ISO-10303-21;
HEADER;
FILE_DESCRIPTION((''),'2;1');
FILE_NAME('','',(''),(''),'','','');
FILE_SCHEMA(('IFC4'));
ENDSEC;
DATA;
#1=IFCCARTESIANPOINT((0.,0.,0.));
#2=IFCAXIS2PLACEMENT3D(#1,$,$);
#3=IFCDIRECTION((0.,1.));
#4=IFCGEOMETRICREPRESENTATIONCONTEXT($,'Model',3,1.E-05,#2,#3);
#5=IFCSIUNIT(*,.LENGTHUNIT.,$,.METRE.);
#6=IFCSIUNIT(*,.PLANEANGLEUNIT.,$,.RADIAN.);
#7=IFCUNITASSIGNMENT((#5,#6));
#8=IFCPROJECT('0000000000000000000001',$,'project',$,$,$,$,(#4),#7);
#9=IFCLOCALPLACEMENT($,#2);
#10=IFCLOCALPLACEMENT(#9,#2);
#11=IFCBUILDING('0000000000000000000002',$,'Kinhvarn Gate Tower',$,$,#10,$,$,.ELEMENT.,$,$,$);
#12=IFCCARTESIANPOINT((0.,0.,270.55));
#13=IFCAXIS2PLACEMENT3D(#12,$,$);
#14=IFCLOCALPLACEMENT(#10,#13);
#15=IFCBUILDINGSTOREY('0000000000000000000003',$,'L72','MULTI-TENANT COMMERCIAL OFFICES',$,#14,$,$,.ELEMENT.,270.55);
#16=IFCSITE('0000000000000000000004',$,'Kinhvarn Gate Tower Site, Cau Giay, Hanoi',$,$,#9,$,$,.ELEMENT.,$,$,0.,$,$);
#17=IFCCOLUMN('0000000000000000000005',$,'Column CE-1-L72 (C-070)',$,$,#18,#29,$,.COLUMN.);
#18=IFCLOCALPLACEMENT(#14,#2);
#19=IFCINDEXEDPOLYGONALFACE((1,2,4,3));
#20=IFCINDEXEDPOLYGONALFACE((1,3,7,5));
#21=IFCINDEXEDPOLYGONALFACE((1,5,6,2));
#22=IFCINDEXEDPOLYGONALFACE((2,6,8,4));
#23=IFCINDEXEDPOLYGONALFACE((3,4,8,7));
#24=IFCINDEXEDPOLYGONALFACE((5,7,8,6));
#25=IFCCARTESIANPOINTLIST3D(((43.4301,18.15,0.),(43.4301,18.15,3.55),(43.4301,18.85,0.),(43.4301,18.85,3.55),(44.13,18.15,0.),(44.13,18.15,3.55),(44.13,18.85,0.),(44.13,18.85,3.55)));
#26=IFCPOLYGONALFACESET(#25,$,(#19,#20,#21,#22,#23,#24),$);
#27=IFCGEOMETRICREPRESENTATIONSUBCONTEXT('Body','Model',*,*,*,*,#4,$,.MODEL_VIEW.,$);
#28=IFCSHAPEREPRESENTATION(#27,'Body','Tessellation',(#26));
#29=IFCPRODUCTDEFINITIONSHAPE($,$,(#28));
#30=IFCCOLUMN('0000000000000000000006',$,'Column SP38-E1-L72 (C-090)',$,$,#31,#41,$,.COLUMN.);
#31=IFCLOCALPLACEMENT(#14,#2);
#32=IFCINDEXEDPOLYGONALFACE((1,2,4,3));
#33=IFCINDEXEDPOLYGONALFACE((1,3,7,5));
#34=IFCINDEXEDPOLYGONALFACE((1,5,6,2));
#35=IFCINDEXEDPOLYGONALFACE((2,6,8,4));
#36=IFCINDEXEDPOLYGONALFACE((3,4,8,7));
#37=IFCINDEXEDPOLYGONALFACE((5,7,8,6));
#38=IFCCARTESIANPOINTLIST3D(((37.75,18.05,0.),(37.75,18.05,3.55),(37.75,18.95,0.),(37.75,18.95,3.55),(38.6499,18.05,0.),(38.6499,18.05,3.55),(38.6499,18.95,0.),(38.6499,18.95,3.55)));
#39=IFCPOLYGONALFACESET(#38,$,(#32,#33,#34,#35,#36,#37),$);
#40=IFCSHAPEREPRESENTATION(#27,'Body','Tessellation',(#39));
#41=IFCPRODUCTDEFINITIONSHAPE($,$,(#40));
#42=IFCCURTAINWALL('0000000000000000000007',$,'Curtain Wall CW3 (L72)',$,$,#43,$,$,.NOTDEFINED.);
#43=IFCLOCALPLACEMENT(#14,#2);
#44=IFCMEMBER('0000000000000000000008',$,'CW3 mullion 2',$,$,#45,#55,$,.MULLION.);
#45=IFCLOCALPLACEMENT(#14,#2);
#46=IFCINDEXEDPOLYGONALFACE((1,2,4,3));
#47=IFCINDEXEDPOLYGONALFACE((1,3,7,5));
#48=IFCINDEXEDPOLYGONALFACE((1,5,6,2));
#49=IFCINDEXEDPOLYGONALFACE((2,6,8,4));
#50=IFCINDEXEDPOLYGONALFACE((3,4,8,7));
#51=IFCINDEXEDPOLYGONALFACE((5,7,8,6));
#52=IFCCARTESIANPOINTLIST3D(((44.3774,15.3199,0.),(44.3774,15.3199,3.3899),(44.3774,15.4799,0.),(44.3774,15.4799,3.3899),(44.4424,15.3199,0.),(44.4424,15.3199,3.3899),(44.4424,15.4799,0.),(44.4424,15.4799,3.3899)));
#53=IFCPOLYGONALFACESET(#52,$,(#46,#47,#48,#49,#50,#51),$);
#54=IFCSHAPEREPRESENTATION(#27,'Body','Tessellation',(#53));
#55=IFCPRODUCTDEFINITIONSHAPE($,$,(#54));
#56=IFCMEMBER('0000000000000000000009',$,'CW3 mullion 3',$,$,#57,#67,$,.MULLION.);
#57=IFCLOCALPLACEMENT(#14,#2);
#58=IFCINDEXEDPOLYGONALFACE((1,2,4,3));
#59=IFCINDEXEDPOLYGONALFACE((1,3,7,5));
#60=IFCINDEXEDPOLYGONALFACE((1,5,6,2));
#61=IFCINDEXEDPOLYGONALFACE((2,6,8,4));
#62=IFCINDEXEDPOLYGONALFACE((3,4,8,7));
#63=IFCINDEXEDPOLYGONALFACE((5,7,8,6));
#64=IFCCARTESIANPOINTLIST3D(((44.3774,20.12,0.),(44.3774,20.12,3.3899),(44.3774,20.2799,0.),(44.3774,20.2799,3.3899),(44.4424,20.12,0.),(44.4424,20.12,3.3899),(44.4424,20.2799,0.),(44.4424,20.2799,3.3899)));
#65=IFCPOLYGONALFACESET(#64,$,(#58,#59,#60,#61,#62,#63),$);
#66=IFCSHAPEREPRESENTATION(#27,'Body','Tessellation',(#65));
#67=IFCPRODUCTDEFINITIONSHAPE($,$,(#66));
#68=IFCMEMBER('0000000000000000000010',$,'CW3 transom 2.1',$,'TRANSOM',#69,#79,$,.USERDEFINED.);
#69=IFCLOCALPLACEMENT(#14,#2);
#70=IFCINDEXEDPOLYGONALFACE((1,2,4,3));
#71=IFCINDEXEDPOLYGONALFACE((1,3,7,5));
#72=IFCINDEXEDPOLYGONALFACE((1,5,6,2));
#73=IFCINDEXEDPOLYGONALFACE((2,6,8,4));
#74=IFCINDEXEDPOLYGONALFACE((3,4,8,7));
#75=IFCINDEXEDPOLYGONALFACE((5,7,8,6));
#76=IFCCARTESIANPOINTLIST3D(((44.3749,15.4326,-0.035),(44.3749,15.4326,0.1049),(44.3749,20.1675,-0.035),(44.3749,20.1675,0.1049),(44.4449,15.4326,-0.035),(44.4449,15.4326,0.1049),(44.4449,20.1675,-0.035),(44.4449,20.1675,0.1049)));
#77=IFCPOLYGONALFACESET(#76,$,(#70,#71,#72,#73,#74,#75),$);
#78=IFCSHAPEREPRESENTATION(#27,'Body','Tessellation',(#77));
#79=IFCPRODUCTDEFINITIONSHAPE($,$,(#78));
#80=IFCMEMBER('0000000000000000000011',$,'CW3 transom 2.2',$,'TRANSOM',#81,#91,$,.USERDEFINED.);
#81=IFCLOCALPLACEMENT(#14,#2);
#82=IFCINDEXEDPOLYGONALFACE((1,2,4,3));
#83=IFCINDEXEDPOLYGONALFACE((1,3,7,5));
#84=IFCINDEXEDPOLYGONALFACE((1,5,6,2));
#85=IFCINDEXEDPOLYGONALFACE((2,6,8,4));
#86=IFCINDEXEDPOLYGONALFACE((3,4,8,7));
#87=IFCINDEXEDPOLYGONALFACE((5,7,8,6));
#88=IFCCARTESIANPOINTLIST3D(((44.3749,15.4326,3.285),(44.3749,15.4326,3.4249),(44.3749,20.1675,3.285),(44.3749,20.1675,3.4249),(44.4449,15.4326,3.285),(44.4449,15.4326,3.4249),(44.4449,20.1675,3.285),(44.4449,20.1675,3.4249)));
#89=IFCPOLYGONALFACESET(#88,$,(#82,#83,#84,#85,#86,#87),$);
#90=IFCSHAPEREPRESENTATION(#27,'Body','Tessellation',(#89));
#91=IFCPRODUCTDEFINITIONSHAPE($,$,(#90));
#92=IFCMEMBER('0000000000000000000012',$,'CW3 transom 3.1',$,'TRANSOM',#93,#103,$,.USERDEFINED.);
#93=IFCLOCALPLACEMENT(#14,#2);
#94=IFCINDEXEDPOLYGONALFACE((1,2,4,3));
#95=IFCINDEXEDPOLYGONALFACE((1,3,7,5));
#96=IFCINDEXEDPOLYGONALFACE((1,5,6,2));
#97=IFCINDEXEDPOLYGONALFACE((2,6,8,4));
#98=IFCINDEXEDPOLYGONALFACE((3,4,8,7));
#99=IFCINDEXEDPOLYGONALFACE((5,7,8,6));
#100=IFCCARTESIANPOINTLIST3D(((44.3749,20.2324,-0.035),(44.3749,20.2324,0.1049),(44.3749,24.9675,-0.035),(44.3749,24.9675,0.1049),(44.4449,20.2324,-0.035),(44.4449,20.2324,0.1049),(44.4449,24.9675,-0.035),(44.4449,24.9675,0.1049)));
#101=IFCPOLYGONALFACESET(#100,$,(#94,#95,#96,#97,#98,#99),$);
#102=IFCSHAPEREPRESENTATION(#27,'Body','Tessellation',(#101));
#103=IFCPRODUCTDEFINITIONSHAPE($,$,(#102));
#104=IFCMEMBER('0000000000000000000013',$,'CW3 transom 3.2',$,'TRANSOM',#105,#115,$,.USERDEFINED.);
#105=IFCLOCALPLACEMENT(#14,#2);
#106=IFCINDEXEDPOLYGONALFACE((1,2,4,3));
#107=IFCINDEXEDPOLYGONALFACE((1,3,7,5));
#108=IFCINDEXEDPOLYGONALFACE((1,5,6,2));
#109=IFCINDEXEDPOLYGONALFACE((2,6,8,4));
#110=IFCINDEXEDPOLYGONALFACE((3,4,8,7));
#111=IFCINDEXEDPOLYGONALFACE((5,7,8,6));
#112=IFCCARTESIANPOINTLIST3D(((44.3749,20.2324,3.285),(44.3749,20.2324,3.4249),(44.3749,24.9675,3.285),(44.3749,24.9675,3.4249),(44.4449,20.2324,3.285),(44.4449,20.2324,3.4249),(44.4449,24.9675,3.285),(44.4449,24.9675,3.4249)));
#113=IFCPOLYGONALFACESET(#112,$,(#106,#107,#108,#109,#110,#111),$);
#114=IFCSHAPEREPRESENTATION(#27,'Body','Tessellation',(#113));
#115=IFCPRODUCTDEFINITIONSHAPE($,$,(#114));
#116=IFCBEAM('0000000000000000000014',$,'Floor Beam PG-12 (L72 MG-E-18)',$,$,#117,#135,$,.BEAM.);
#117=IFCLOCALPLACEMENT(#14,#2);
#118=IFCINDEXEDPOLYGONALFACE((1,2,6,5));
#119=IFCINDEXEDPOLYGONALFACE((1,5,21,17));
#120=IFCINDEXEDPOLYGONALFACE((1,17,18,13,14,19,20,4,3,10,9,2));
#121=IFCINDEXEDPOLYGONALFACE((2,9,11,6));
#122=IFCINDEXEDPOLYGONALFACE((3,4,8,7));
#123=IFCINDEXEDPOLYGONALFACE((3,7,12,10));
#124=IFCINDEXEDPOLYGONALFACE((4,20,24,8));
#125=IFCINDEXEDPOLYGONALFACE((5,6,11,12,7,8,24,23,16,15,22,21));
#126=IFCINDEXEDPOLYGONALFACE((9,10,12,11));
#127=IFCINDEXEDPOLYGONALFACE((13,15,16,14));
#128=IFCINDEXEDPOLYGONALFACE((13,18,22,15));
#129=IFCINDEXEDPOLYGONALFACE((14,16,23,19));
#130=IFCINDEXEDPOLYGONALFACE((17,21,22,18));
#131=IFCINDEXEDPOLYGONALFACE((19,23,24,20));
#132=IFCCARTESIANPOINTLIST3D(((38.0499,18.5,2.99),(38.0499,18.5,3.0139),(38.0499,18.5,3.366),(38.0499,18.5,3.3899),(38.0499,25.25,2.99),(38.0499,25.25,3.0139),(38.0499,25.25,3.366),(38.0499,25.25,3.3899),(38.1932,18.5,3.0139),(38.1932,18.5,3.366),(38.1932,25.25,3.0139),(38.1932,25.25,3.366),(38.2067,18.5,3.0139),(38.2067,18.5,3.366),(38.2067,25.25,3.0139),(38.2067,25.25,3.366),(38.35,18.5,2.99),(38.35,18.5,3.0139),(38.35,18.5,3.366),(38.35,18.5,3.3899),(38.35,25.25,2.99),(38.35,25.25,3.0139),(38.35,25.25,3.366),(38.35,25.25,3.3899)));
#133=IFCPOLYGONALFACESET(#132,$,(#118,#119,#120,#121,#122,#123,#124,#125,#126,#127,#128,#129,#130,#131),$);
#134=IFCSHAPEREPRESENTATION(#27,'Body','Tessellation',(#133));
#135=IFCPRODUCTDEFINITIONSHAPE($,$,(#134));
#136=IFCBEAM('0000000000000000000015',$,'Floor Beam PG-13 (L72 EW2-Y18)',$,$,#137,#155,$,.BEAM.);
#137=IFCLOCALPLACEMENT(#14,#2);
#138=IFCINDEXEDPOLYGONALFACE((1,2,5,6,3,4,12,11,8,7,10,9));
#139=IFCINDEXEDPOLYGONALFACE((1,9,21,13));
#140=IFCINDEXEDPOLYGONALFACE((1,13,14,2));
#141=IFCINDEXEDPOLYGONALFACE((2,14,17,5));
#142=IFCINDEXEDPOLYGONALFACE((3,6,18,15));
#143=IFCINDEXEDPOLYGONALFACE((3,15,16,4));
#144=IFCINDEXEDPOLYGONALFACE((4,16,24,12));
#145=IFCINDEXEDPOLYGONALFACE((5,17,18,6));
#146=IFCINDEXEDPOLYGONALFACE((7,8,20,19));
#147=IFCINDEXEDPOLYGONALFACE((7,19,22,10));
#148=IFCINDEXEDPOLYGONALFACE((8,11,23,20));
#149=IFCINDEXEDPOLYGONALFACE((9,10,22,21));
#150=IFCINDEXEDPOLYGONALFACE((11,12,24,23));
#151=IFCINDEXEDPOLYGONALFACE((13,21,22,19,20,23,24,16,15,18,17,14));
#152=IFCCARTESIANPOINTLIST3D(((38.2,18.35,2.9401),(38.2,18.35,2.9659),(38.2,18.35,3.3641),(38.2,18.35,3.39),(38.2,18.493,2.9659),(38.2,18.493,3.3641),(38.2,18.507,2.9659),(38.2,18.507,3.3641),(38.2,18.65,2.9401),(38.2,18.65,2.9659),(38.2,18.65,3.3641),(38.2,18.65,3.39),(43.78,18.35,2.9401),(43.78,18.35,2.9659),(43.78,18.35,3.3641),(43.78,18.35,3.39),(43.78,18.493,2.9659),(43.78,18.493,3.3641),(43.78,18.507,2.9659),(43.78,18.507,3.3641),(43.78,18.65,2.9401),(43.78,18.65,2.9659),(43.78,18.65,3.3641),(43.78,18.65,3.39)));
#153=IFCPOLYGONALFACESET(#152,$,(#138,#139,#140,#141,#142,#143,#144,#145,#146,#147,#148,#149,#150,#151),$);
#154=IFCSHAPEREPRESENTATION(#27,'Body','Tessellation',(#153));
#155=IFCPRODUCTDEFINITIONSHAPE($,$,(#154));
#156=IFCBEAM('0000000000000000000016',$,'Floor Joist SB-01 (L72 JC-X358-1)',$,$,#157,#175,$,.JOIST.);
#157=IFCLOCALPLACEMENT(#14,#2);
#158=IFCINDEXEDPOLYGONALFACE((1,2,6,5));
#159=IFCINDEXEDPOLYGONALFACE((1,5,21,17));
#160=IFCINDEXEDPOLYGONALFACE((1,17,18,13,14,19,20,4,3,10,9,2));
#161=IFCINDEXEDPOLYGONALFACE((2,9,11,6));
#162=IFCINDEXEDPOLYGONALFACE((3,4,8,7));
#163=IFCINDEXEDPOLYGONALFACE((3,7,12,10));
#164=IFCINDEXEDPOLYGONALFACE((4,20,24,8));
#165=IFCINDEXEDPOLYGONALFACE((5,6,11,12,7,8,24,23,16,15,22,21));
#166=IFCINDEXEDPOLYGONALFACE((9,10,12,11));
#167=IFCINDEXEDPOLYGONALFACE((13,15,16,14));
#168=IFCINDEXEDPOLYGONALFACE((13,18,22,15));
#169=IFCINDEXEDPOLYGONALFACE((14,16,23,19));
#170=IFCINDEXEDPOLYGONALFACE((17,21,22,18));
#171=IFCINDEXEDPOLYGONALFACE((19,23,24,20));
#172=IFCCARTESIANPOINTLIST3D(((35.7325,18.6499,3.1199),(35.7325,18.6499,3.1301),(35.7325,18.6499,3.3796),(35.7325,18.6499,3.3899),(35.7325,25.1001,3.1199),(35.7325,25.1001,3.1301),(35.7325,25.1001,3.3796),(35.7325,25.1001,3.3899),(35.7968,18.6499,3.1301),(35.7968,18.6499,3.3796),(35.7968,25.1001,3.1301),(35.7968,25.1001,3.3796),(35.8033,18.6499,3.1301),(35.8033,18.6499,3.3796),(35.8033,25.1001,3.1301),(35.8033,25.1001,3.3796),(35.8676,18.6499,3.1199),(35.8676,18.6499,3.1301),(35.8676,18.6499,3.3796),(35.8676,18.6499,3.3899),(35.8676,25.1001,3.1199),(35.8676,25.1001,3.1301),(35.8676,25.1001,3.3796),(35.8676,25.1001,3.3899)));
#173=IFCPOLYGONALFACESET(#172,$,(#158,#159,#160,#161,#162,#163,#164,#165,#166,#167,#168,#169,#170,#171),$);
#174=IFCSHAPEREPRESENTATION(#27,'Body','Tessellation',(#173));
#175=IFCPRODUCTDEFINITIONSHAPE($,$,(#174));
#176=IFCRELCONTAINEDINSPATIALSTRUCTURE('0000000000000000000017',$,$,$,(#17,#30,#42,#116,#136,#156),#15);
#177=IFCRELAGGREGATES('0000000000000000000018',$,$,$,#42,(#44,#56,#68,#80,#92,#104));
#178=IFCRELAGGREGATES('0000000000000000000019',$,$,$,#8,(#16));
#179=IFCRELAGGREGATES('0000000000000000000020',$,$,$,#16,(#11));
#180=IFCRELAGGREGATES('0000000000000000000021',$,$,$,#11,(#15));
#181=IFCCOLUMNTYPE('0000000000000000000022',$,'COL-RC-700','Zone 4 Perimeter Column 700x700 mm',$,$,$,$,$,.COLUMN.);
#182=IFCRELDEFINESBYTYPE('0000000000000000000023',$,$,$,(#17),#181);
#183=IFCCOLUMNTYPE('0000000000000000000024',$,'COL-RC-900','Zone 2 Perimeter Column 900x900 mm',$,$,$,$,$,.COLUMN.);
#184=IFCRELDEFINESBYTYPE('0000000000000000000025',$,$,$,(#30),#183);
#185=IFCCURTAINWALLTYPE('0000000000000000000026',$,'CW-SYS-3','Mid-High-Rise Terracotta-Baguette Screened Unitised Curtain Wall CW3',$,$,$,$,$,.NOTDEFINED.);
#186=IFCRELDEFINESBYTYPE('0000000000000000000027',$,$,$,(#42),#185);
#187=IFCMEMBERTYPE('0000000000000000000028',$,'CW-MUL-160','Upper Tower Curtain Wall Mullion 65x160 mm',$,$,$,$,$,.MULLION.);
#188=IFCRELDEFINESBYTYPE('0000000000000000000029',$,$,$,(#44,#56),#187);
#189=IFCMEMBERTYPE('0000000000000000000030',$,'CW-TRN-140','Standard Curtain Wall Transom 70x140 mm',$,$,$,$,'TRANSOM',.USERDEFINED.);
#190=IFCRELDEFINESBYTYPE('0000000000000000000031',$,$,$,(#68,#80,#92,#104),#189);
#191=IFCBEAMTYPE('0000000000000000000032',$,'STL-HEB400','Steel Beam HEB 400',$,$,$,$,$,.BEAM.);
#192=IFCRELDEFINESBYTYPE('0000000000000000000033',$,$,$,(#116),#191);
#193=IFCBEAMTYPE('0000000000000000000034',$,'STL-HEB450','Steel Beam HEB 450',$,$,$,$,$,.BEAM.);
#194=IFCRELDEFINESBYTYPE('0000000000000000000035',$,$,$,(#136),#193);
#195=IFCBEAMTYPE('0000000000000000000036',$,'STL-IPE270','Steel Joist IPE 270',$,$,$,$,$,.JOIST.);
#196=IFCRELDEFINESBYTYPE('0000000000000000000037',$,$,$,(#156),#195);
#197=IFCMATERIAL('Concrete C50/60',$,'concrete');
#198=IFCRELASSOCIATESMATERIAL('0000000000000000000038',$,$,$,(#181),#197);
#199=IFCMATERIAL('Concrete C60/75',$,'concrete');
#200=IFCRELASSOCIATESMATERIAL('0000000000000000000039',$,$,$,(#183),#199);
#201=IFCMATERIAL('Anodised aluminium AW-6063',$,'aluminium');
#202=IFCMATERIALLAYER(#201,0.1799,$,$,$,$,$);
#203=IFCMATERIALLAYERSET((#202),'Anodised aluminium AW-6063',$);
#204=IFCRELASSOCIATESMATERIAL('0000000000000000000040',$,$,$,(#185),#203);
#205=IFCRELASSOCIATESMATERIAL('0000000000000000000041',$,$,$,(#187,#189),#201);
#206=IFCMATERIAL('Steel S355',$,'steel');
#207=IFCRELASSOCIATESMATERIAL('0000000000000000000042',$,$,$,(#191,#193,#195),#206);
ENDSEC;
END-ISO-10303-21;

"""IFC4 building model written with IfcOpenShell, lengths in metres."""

from ifc_helpers import new_model, si_unit, direction, frame, origin, origin_2d, place, context, subcontext, project, spatial, rectangle, i_section, extrude, material, layer, layer_set, material_profile, profile_set, type_object, element, aggregate, save


model = new_model("IFC4")

# Units and contexts
model_context = context("Model", 3, precision=1e-05, world=origin(), true_north=direction((0.0, 1.0)))
body_context = subcontext(model_context, "Body", "Model", "MODEL_VIEW")
ifc_project = project(units=[si_unit("LENGTHUNIT", "METRE"), si_unit("PLANEANGLEUNIT", "RADIAN")], contexts=[model_context])

# Site, building, storey
site_placement = place(None, origin())
site = spatial("IfcSite", under=ifc_project, at=site_placement, Name="Kinhvarn Gate Tower Site, Cau Giay, Hanoi", CompositionType="ELEMENT", RefElevation=0.0)
building_placement = place(site_placement, origin())
building = spatial("IfcBuilding", under=site, at=building_placement, Name="Kinhvarn Gate Tower", CompositionType="ELEMENT")
storey_placement = place(building_placement, frame((0.0, 0.0, 270.55)))
storey = spatial("IfcBuildingStorey", under=building, at=storey_placement, Name="L72", Description="MULTI-TENANT COMMERCIAL OFFICES", CompositionType="ELEMENT", Elevation=270.55)

# Columns
ifc_material_1 = material(Name="Concrete C50/60", Category="concrete")
ifc_material_profile_1 = material_profile(ifc_material_1, rectangle(XDim=0.7, YDim=0.7, at=origin_2d()), Name="RC 700x700")
ifc_profile_set_1 = profile_set([ifc_material_profile_1], Name="Concrete C50/60")
column_type_1 = type_object("IfcColumnType", Name="COL-RC-700", Description="Zone 4 Perimeter Column 700x700 mm", PredefinedType="COLUMN", material=ifc_profile_set_1)
column_1_placement = place(storey_placement, frame((43.78, 18.5, 0.0), z_axis=(0.0, 0.0, 1.0), x_axis=(1.0, 0.0, 0.0)))
element("IfcColumn", 1, at=column_1_placement, inside=storey, type_object=column_type_1, Name="Column CE-1-L72 (C-070)", PredefinedType="COLUMN", context=body_context, shape_type="SweptSolid", body=[
    extrude(rectangle(XDim=0.7, YDim=0.7, at=origin_2d()), origin(), (0.0, 0.0, 1.0), 3.55),
])
ifc_material_2 = material(Name="Concrete C60/75", Category="concrete")
ifc_material_profile_2 = material_profile(ifc_material_2, rectangle(XDim=0.8999, YDim=0.8999, at=origin_2d()), Name="RC 900x900")
ifc_profile_set_2 = profile_set([ifc_material_profile_2], Name="Concrete C60/75")
column_type_2 = type_object("IfcColumnType", Name="COL-RC-900", Description="Zone 2 Perimeter Column 900x900 mm", PredefinedType="COLUMN", material=ifc_profile_set_2)
column_2_placement = place(storey_placement, frame((38.2, 18.5, 0.0), z_axis=(0.0, 0.0, 1.0), x_axis=(1.0, 0.0, 0.0)))
element("IfcColumn", 2, at=column_2_placement, inside=storey, type_object=column_type_2, Name="Column SP38-E1-L72 (C-090)", PredefinedType="COLUMN", context=body_context, shape_type="SweptSolid", body=[
    extrude(rectangle(XDim=0.8999, YDim=0.8999, at=origin_2d()), origin(), (0.0, 0.0, 1.0), 3.55),
])

# Curtain wall, members
ifc_material_3 = material(Name="Anodised aluminium AW-6063", Category="aluminium")
ifc_layer_1 = layer(ifc_material_3, 0.1799)
ifc_layer_set_1 = layer_set([ifc_layer_1], Name="Anodised aluminium AW-6063")
curtain_wall_type = type_object("IfcCurtainWallType", Name="CW-SYS-3", Description="Mid-High-Rise Terracotta-Baguette Screened Unitised Curtain Wall CW3", PredefinedType="NOTDEFINED", material=ifc_layer_set_1)
curtain_wall_placement = place(storey_placement, origin())
curtain_wall = element("IfcCurtainWall", 3, at=curtain_wall_placement, inside=storey, type_object=curtain_wall_type, Name="Curtain Wall CW3 (L72)", PredefinedType="NOTDEFINED")
ifc_material_profile_3 = material_profile(ifc_material_3, rectangle(XDim=0.0649, YDim=0.1599, at=origin_2d()), Name="ALU 65x160")
ifc_profile_set_3 = profile_set([ifc_material_profile_3], Name="Anodised aluminium AW-6063")
member_type_1 = type_object("IfcMemberType", Name="CW-MUL-160", Description="Upper Tower Curtain Wall Mullion 65x160 mm", PredefinedType="MULLION", material=ifc_profile_set_3)
member_1_placement = place(storey_placement, frame((44.4099, 15.3999, 0.0), z_axis=(0.0, 0.0, 1.0), x_axis=(-1.0, 0.0, 0.0)))
member_1 = element("IfcMember", 4, at=member_1_placement, type_object=member_type_1, Name="CW3 mullion 2", PredefinedType="MULLION", context=body_context, shape_type="SweptSolid", body=[
    extrude(rectangle(XDim=0.0649, YDim=0.1599, at=origin_2d()), origin(), (0.0, 0.0, 1.0), 3.3899),
])
member_2_placement = place(storey_placement, frame((44.4099, 20.2, 0.0), z_axis=(0.0, 0.0, 1.0), x_axis=(-1.0, 0.0, 0.0)))
member_2 = element("IfcMember", 5, at=member_2_placement, type_object=member_type_1, Name="CW3 mullion 3", PredefinedType="MULLION", context=body_context, shape_type="SweptSolid", body=[
    extrude(rectangle(XDim=0.0649, YDim=0.1599, at=origin_2d()), origin(), (0.0, 0.0, 1.0), 3.3899),
])
ifc_material_profile_4 = material_profile(ifc_material_3, rectangle(XDim=0.0701, YDim=0.1399, at=origin_2d()), Name="ALU 70x140")
ifc_profile_set_4 = profile_set([ifc_material_profile_4], Name="Anodised aluminium AW-6063")
member_type_2 = type_object("IfcMemberType", Name="CW-TRN-140", Description="Standard Curtain Wall Transom 70x140 mm", ElementType="TRANSOM", PredefinedType="USERDEFINED", material=ifc_profile_set_4)
member_3_placement = place(storey_placement, frame((44.4099, 15.4326, 0.0349), z_axis=(0.0, 1.0, 0.0), x_axis=(-1.0, 0.0, 0.0)))
member_3 = element("IfcMember", 6, at=member_3_placement, type_object=member_type_2, Name="CW3 transom 2.1", ObjectType="TRANSOM", PredefinedType="USERDEFINED", context=body_context, shape_type="SweptSolid", body=[
    extrude(rectangle(XDim=0.0701, YDim=0.1399, at=origin_2d()), origin(), (0.0, 0.0, 1.0), 4.7349),
])
member_4_placement = place(storey_placement, frame((44.4099, 15.4326, 3.355), z_axis=(0.0, 1.0, 0.0), x_axis=(-1.0, 0.0, 0.0)))
member_4 = element("IfcMember", 7, at=member_4_placement, type_object=member_type_2, Name="CW3 transom 2.2", ObjectType="TRANSOM", PredefinedType="USERDEFINED", context=body_context, shape_type="SweptSolid", body=[
    extrude(rectangle(XDim=0.0701, YDim=0.1399, at=origin_2d()), origin(), (0.0, 0.0, 1.0), 4.7349),
])
member_5_placement = place(storey_placement, frame((44.4099, 20.2324, 0.0349), z_axis=(0.0, 1.0, 0.0), x_axis=(-1.0, 0.0, 0.0)))
member_5 = element("IfcMember", 8, at=member_5_placement, type_object=member_type_2, Name="CW3 transom 3.1", ObjectType="TRANSOM", PredefinedType="USERDEFINED", context=body_context, shape_type="SweptSolid", body=[
    extrude(rectangle(XDim=0.0701, YDim=0.1399, at=origin_2d()), origin(), (0.0, 0.0, 1.0), 4.7351),
])
member_6_placement = place(storey_placement, frame((44.4099, 20.2324, 3.355), z_axis=(0.0, 1.0, 0.0), x_axis=(-1.0, 0.0, 0.0)))
member_6 = element("IfcMember", 9, at=member_6_placement, type_object=member_type_2, Name="CW3 transom 3.2", ObjectType="TRANSOM", PredefinedType="USERDEFINED", context=body_context, shape_type="SweptSolid", body=[
    extrude(rectangle(XDim=0.0701, YDim=0.1399, at=origin_2d()), origin(), (0.0, 0.0, 1.0), 4.7351),
])

# Beams
ifc_material_4 = material(Name="Steel S355", Category="steel")
ifc_material_profile_5 = material_profile(ifc_material_4, i_section(OverallWidth=0.3, OverallDepth=0.3999, WebThickness=0.0134, FlangeThickness=0.0239, at=origin_2d()), Name="HEB 400")
ifc_profile_set_5 = profile_set([ifc_material_profile_5], Name="Steel S355")
beam_type_1 = type_object("IfcBeamType", Name="STL-HEB400", Description="Steel Beam HEB 400", PredefinedType="BEAM", material=ifc_profile_set_5)
beam_1_placement = place(storey_placement, frame((38.2, 18.5, 3.1899), z_axis=(0.0, 1.0, 0.0), x_axis=(-1.0, 0.0, 0.0)))
element("IfcBeam", 10, at=beam_1_placement, inside=storey, type_object=beam_type_1, Name="Floor Beam PG-12 (L72 MG-E-18)", PredefinedType="BEAM", context=body_context, shape_type="SweptSolid", body=[
    extrude(i_section(OverallWidth=0.3, OverallDepth=0.3999, WebThickness=0.0134, FlangeThickness=0.0239, at=origin_2d()), origin(), (0.0, 0.0, 1.0), 6.75),
])
ifc_material_profile_6 = material_profile(ifc_material_4, i_section(OverallWidth=0.3, OverallDepth=0.45, WebThickness=0.0139, FlangeThickness=0.0259, at=origin_2d()), Name="HEB 450")
ifc_profile_set_6 = profile_set([ifc_material_profile_6], Name="Steel S355")
beam_type_2 = type_object("IfcBeamType", Name="STL-HEB450", Description="Steel Beam HEB 450", PredefinedType="BEAM", material=ifc_profile_set_6)
beam_2_placement = place(storey_placement, frame((38.2, 18.5, 3.165), z_axis=(1.0, 0.0, 0.0), x_axis=(0.0, 1.0, 0.0)))
element("IfcBeam", 11, at=beam_2_placement, inside=storey, type_object=beam_type_2, Name="Floor Beam PG-13 (L72 EW2-Y18)", PredefinedType="BEAM", context=body_context, shape_type="SweptSolid", body=[
    extrude(i_section(OverallWidth=0.3, OverallDepth=0.45, WebThickness=0.0139, FlangeThickness=0.0259, at=origin_2d()), origin(), (0.0, 0.0, 1.0), 5.5801),
])
ifc_material_profile_7 = material_profile(ifc_material_4, i_section(OverallWidth=0.135, OverallDepth=0.27, WebThickness=0.0066, FlangeThickness=0.0103, at=origin_2d()), Name="IPE 270")
ifc_profile_set_7 = profile_set([ifc_material_profile_7], Name="Steel S355")
beam_type_3 = type_object("IfcBeamType", Name="STL-IPE270", Description="Steel Joist IPE 270", PredefinedType="JOIST", material=ifc_profile_set_7)
for number, where, z_axis, x_axis, name in (
    (12, (35.8, 18.6499, 3.2549), (0.0, 1.0, 0.0), (-1.0, 0.0, 0.0), "Floor Joist SB-01 (L72 JC-X358-1)"),
):
    element("IfcBeam", number, at=place(storey_placement, frame(where, z_axis=z_axis, x_axis=x_axis)), inside=storey, type_object=beam_type_3, Name=name, PredefinedType="JOIST", context=body_context, shape_type="SweptSolid", body=[
        extrude(i_section(OverallWidth=0.135, OverallDepth=0.27, WebThickness=0.0066, FlangeThickness=0.0103, at=origin_2d()), origin(), (0.0, 0.0, 1.0), 6.4502),
    ])

aggregate(curtain_wall, [member_1, member_2, member_3, member_4, member_5, member_6])

save(model, "model.ifc")
